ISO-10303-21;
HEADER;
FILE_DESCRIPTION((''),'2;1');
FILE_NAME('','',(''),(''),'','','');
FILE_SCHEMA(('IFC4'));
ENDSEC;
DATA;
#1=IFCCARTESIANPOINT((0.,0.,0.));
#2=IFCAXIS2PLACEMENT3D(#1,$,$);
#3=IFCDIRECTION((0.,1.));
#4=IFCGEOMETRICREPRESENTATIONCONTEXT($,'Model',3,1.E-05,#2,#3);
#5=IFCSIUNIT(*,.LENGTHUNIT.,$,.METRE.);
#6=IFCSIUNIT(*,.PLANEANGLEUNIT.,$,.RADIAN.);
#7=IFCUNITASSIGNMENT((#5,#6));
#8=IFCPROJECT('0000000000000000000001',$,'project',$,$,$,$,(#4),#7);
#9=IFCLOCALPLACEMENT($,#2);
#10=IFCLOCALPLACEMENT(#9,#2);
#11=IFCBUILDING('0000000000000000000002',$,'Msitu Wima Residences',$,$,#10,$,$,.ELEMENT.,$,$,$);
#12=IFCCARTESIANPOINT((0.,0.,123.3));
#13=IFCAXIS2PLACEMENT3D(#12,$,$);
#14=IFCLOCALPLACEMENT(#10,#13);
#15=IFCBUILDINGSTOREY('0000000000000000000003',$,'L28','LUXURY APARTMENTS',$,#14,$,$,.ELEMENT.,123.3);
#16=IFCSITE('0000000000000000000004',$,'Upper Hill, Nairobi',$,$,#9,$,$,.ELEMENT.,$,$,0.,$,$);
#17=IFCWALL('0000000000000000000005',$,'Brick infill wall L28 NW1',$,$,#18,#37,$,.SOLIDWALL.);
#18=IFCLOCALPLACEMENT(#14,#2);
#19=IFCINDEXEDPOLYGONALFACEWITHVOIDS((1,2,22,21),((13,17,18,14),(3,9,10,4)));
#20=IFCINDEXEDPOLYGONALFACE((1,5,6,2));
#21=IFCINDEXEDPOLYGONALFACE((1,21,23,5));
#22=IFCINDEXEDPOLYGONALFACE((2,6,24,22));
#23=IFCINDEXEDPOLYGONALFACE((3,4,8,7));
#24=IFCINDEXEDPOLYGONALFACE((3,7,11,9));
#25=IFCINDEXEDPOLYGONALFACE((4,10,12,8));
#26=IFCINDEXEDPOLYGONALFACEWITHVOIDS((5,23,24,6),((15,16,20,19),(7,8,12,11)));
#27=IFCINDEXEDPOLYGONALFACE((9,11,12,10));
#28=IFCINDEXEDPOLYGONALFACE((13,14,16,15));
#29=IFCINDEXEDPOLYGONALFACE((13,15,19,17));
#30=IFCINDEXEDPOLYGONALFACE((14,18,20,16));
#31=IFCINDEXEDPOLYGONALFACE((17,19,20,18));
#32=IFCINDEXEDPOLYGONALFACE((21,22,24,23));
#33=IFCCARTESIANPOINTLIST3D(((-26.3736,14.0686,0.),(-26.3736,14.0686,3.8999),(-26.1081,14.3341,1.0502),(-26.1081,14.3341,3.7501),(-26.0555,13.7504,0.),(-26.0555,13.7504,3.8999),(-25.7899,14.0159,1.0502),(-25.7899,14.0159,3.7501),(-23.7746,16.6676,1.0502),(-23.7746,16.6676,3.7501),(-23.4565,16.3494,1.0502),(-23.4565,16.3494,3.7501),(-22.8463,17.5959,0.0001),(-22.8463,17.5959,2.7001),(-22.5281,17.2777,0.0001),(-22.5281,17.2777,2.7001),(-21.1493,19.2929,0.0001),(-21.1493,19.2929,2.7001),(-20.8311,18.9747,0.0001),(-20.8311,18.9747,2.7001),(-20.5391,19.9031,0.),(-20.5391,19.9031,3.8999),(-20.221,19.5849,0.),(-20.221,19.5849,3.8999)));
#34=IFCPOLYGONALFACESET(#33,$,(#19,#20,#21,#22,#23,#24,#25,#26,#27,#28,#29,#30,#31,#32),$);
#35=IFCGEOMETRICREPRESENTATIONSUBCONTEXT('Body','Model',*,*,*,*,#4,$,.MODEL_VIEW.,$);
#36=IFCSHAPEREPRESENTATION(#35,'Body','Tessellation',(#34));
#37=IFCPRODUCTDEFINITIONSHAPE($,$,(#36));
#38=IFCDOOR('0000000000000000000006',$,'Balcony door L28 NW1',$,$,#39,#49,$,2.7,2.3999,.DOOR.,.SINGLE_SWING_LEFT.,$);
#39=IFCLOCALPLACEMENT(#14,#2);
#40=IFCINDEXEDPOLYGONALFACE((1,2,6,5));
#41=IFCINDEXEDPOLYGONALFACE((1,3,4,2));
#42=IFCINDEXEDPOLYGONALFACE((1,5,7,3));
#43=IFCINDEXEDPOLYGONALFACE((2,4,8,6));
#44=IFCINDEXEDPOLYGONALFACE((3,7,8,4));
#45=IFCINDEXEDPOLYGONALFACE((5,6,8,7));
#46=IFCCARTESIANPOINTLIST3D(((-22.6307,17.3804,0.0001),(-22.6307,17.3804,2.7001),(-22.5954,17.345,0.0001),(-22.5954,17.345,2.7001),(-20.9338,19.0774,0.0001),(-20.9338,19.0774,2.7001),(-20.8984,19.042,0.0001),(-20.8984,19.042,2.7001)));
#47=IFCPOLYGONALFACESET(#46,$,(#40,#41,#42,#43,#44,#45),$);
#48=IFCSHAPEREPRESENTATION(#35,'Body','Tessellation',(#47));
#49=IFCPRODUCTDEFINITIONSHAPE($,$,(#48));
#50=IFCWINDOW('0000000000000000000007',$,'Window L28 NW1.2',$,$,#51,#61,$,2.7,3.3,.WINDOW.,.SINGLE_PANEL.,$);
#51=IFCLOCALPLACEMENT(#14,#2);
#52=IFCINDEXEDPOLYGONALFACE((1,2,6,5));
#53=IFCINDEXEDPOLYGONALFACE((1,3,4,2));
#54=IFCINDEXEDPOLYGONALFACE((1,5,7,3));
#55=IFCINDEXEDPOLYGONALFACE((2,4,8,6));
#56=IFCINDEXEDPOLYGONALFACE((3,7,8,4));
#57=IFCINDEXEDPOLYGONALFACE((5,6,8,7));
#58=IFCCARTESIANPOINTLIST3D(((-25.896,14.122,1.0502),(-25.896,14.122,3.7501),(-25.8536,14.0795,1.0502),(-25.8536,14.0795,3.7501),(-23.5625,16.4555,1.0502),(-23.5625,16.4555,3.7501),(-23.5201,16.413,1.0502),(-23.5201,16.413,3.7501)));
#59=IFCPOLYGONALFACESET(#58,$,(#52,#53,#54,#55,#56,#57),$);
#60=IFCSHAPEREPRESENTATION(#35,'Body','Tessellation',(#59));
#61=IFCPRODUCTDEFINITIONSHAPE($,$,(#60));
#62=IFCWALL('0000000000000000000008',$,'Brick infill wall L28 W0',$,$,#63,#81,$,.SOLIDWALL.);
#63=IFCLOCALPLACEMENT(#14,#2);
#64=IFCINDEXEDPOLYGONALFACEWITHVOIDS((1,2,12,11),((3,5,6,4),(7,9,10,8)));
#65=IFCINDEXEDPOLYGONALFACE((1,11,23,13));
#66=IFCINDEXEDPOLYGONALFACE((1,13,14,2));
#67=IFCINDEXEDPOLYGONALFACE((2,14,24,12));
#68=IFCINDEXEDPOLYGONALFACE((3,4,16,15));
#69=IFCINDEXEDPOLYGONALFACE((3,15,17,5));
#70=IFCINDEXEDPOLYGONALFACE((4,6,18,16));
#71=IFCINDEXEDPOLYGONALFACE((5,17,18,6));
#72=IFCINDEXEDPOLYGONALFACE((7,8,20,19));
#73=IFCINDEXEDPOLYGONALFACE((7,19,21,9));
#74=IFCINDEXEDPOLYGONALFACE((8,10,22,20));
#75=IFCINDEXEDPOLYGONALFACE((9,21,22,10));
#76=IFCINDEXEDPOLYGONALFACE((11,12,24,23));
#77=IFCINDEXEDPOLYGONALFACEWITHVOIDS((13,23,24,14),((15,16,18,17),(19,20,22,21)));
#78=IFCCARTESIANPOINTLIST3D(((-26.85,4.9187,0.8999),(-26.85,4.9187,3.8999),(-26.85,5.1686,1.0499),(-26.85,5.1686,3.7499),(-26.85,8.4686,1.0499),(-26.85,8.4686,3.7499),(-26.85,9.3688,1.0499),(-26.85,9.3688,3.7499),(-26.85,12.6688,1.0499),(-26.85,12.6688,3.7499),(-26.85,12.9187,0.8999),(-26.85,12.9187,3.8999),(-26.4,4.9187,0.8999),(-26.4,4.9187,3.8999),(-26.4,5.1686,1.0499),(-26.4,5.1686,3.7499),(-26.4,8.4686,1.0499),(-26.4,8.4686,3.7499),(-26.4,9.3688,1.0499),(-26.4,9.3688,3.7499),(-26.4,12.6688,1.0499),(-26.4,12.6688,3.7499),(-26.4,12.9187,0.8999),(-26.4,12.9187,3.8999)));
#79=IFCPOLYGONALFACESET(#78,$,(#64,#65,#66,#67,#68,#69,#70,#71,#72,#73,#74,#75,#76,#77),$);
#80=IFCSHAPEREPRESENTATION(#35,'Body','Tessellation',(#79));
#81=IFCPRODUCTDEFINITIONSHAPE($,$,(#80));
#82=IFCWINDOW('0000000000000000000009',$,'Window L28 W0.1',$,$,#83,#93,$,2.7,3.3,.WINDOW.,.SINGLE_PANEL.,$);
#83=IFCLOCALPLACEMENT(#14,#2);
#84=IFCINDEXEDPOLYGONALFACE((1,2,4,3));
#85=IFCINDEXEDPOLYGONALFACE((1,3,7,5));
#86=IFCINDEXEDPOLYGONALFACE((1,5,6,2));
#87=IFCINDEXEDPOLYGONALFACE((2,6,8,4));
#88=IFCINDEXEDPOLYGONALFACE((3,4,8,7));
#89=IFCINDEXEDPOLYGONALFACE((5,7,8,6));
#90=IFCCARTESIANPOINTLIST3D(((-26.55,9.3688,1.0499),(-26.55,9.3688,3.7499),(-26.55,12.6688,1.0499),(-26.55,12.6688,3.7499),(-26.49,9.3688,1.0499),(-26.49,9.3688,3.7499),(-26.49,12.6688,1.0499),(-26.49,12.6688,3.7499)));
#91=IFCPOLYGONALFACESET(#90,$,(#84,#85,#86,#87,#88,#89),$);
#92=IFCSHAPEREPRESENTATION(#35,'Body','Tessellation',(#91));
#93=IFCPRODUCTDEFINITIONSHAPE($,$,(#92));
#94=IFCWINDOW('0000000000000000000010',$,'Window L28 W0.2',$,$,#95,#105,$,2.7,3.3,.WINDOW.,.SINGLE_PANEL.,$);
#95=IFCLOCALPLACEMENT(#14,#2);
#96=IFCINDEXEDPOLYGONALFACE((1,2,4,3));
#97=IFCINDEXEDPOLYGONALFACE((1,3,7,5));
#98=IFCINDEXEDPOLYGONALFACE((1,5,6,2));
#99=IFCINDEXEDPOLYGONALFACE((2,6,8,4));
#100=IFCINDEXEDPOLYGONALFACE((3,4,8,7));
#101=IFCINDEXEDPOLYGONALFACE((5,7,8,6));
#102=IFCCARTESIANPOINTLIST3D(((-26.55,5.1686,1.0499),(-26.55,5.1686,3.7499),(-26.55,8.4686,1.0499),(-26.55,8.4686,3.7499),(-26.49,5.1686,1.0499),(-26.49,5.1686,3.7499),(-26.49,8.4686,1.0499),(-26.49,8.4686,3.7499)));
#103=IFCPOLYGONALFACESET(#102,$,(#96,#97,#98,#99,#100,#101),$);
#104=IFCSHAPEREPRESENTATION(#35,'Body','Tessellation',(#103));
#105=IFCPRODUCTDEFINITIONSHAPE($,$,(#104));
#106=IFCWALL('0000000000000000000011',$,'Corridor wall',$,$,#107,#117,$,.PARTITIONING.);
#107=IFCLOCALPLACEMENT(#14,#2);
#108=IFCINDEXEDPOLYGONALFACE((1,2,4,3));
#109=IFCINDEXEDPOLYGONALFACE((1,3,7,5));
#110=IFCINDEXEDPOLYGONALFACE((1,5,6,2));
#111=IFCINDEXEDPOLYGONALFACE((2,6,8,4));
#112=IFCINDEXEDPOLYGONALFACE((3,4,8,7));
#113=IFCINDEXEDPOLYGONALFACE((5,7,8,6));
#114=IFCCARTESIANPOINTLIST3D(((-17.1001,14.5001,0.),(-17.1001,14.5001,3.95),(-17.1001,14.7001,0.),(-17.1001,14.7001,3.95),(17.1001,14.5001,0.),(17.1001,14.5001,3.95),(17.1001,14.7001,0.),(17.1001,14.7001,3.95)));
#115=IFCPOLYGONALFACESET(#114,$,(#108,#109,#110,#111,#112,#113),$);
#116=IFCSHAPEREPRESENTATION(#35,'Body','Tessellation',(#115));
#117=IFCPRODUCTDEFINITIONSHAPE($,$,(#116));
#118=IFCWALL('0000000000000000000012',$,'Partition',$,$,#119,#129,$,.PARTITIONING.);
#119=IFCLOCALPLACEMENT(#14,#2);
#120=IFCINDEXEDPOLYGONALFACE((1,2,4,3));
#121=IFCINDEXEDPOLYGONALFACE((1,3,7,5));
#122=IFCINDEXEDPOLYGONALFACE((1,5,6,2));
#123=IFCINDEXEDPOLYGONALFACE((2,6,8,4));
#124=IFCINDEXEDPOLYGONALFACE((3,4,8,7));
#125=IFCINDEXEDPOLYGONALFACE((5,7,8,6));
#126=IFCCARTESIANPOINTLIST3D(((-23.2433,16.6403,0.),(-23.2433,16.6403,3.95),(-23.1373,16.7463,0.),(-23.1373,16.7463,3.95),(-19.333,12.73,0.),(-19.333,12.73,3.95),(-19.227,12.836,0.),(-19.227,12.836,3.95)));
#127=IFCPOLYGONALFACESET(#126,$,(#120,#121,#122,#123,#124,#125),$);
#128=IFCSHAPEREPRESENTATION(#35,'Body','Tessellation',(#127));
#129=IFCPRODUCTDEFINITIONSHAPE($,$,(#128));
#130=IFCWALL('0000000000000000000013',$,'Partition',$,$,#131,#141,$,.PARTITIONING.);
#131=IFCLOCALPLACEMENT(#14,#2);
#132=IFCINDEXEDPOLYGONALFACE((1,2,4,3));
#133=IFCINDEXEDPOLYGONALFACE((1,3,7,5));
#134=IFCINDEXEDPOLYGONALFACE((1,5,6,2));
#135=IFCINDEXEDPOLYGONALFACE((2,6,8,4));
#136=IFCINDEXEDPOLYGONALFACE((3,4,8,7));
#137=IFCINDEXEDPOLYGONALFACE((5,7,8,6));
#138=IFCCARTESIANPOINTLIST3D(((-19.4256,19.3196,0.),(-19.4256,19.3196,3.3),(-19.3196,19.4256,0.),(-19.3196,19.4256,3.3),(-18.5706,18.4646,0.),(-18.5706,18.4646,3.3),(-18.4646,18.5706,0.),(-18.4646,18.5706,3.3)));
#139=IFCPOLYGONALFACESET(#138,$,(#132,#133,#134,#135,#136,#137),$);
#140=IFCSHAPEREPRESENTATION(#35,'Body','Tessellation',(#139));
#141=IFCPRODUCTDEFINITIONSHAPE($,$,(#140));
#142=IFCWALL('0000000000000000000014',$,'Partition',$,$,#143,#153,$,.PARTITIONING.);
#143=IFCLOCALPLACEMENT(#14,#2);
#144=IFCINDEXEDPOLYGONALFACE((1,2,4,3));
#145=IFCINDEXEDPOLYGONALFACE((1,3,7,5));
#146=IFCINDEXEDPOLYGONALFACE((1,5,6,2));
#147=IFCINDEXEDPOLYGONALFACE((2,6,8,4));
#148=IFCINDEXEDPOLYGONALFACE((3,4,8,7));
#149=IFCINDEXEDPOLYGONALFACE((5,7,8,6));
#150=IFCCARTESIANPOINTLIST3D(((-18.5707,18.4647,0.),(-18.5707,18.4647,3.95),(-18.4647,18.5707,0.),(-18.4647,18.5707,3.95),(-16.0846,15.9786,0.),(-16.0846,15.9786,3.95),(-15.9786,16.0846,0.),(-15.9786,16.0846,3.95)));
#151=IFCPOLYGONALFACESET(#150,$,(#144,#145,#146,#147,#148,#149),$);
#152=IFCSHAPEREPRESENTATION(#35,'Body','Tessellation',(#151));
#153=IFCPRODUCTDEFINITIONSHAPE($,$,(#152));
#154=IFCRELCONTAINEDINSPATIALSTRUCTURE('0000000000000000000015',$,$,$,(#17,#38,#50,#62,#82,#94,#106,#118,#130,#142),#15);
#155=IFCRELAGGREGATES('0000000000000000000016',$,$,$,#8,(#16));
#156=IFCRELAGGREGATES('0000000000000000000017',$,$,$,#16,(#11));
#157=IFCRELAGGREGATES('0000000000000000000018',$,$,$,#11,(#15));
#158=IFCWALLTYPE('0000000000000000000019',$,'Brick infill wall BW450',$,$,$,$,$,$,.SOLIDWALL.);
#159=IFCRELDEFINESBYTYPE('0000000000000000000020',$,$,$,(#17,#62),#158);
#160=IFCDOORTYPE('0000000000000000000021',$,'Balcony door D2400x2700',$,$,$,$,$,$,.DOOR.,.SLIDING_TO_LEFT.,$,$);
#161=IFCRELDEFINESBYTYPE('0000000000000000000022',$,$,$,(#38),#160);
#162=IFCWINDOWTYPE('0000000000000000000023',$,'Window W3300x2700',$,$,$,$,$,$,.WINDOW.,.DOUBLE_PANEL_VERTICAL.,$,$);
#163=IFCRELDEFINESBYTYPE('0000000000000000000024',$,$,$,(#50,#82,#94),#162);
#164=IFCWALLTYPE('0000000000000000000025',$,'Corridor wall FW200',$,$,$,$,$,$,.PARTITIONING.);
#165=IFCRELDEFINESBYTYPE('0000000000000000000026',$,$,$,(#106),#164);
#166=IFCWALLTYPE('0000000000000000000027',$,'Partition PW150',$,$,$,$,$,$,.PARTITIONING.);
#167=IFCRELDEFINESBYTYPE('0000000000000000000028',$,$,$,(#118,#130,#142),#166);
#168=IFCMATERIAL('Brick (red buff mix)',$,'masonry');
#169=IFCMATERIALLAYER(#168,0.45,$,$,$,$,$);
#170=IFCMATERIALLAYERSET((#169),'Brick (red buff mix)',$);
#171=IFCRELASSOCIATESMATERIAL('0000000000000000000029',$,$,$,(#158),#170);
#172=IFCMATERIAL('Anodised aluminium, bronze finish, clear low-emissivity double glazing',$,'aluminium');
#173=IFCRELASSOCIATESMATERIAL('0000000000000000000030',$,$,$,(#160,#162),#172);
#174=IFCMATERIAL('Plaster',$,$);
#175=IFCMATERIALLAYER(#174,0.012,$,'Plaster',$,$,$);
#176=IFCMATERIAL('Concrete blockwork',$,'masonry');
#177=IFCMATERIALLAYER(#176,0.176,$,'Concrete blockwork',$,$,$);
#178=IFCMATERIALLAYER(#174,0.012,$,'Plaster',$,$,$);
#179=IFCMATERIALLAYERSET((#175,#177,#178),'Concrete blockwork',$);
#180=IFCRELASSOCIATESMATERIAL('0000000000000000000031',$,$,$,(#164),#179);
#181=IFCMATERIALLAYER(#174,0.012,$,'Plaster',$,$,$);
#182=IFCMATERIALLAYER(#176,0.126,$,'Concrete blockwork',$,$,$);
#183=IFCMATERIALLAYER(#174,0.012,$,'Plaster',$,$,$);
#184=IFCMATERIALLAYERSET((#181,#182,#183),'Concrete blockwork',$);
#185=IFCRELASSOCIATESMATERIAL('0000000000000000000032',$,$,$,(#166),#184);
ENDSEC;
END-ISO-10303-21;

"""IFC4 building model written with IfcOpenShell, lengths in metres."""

from ifc_helpers import new_model, si_unit, direction, frame, frame_2d, origin, place, context, subcontext, project, spatial, rectangle, extrude, material, layer, layer_set, type_object, element, fill, save


model = new_model("IFC4")

# Units and contexts
model_context = context("Model", 3, precision=1e-05, world=origin(), true_north=direction((0.0, 1.0)))
body_context = subcontext(model_context, "Body", "Model", "MODEL_VIEW")
ifc_project = project(units=[si_unit("LENGTHUNIT", "METRE"), si_unit("PLANEANGLEUNIT", "RADIAN")], contexts=[model_context])

# Site, building, storey
site_placement = place(None, origin())
site = spatial("IfcSite", under=ifc_project, at=site_placement, Name="Upper Hill, Nairobi", CompositionType="ELEMENT", RefElevation=0.0)
building_placement = place(site_placement, origin())
building = spatial("IfcBuilding", under=site, at=building_placement, Name="Msitu Wima Residences", CompositionType="ELEMENT")
storey_placement = place(building_placement, frame((0.0, 0.0, 123.3)))
storey = spatial("IfcBuildingStorey", under=building, at=storey_placement, Name="L28", Description="LUXURY APARTMENTS", CompositionType="ELEMENT", Elevation=123.3)

# Wall, openings, door, window
ifc_material_1 = material(Name="Brick (red buff mix)", Category="masonry")
ifc_layer_1 = layer(ifc_material_1, 0.45)
ifc_layer_set_1 = layer_set([ifc_layer_1], Name="Brick (red buff mix)")
wall_type_1 = type_object("IfcWallType", Name="Brick infill wall BW450", PredefinedType="SOLIDWALL", material=ifc_layer_set_1)
wall_1_placement = place(storey_placement, frame((-20.3801, 19.7439, 0.0), z_axis=(0.0, 0.0, 1.0), x_axis=(-0.707107, -0.707107, 0.0)))
wall_1 = element("IfcWall", 1, at=wall_1_placement, inside=storey, type_object=wall_type_1, Name="Brick infill wall L28 NW1", PredefinedType="SOLIDWALL", context=body_context, shape_type="SweptSolid", body=[
    extrude(rectangle(XDim=8.2512, YDim=0.45, at=frame_2d((4.1255, 0.0))), origin(), (0.0, 0.0, 1.0), 3.8999),
])
opening_1_placement = place(wall_1_placement, frame((0.8628, 0.0, 0.0)))
opening_1 = element("IfcOpeningElement", 2, at=opening_1_placement, cuts=wall_1, PredefinedType="OPENING", context=body_context, shape_type="SweptSolid", body=[
    extrude(rectangle(XDim=2.3999, YDim=2.7, at=frame_2d((1.2, 1.3501))), frame((0.0, 0.2349, 0.0), z_axis=(0.0, -1.0, 0.0), x_axis=(1.0, 0.0, 0.0)), (0.0, 0.0, 1.0), 0.47),
])
opening_2_placement = place(wall_1_placement, frame((4.5757, 0.0, 1.05)))
opening_2 = element("IfcOpeningElement", 3, at=opening_2_placement, cuts=wall_1, PredefinedType="OPENING", context=body_context, shape_type="SweptSolid", body=[
    extrude(rectangle(XDim=3.3, YDim=2.7, at=frame_2d((1.6499, 1.3501))), frame((0.0, 0.2349, 0.0), z_axis=(0.0, -1.0, 0.0), x_axis=(1.0, 0.0, 0.0)), (0.0, 0.0, 1.0), 0.47),
])
ifc_material_2 = material(Name="Anodised aluminium, bronze finish, clear low-emissivity double glazing", Category="aluminium")
door_type_1 = type_object("IfcDoorType", Name="Balcony door D2400x2700", OperationType="SLIDING_TO_LEFT", PredefinedType="DOOR", material=ifc_material_2)
door_1_placement = place(opening_1_placement, origin())
door_1 = element("IfcDoor", 4, at=door_1_placement, inside=storey, type_object=door_type_1, Name="Balcony door L28 NW1", OperationType="SINGLE_SWING_LEFT", OverallHeight=2.7, OverallWidth=2.3999, PredefinedType="DOOR", context=body_context, shape_type="SweptSolid", body=[
    extrude(rectangle(XDim=2.3999, YDim=2.7, at=frame_2d((1.2, 1.3501))), frame((0.0, 0.1299, 0.0), z_axis=(0.0, -1.0, 0.0), x_axis=(1.0, 0.0, 0.0)), (0.0, 0.0, 1.0), 0.05),
])
fill(opening_1, door_1)
window_type = type_object("IfcWindowType", Name="Window W3300x2700", PartitioningType="DOUBLE_PANEL_VERTICAL", PredefinedType="WINDOW", material=ifc_material_2)
window_1_placement = place(opening_2_placement, origin())
window_1 = element("IfcWindow", 5, at=window_1_placement, inside=storey, type_object=window_type, Name="Window L28 NW1.2", OverallHeight=2.7, OverallWidth=3.3, PartitioningType="SINGLE_PANEL", PredefinedType="WINDOW", context=body_context, shape_type="SweptSolid", body=[
    extrude(rectangle(XDim=3.3, YDim=2.7, at=frame_2d((1.6499, 1.3501))), frame((0.0, 0.135, 0.0), z_axis=(0.0, -1.0, 0.0), x_axis=(1.0, 0.0, 0.0)), (0.0, 0.0, 1.0), 0.0601),
])
fill(opening_2, window_1)

# Wall, openings, windows
wall_2_placement = place(storey_placement, frame((-26.625, 12.9187, 0.8999), z_axis=(0.0, 0.0, 1.0), x_axis=(0.0, -1.0, 0.0)))
wall_2 = element("IfcWall", 6, at=wall_2_placement, inside=storey, type_object=wall_type_1, Name="Brick infill wall L28 W0", PredefinedType="SOLIDWALL", context=body_context, shape_type="SweptSolid", body=[
    extrude(rectangle(XDim=8.0, YDim=0.45, at=frame_2d((4.0, 0.0))), origin(), (0.0, 0.0, 1.0), 3.0),
])
opening_3_placement = place(wall_2_placement, frame((0.25, 0.0, 0.1499)))
opening_3 = element("IfcOpeningElement", 7, at=opening_3_placement, cuts=wall_2, PredefinedType="OPENING", context=body_context, shape_type="SweptSolid", body=[
    extrude(rectangle(XDim=3.3, YDim=2.7, at=frame_2d((1.6499, 1.3501))), frame((0.0, 0.2349, 0.0), z_axis=(0.0, -1.0, 0.0), x_axis=(1.0, 0.0, 0.0)), (0.0, 0.0, 1.0), 0.47),
])
opening_4_placement = place(wall_2_placement, frame((4.4502, 0.0, 0.1499)))
opening_4 = element("IfcOpeningElement", 8, at=opening_4_placement, cuts=wall_2, PredefinedType="OPENING", context=body_context, shape_type="SweptSolid", body=[
    extrude(rectangle(XDim=3.3, YDim=2.7, at=frame_2d((1.6499, 1.3501))), frame((0.0, 0.2349, 0.0), z_axis=(0.0, -1.0, 0.0), x_axis=(1.0, 0.0, 0.0)), (0.0, 0.0, 1.0), 0.47),
])
window_2_placement = place(opening_3_placement, origin())
window_2 = element("IfcWindow", 9, at=window_2_placement, inside=storey, type_object=window_type, Name="Window L28 W0.1", OverallHeight=2.7, OverallWidth=3.3, PartitioningType="SINGLE_PANEL", PredefinedType="WINDOW", context=body_context, shape_type="SweptSolid", body=[
    extrude(rectangle(XDim=3.3, YDim=2.7, at=frame_2d((1.6499, 1.3501))), frame((0.0, 0.135, 0.0), z_axis=(0.0, -1.0, 0.0), x_axis=(1.0, 0.0, 0.0)), (0.0, 0.0, 1.0), 0.0601),
])
fill(opening_3, window_2)
window_3_placement = place(opening_4_placement, origin())
window_3 = element("IfcWindow", 10, at=window_3_placement, inside=storey, type_object=window_type, Name="Window L28 W0.2", OverallHeight=2.7, OverallWidth=3.3, PartitioningType="SINGLE_PANEL", PredefinedType="WINDOW", context=body_context, shape_type="SweptSolid", body=[
    extrude(rectangle(XDim=3.3, YDim=2.7, at=frame_2d((1.6499, 1.3501))), frame((0.0, 0.135, 0.0), z_axis=(0.0, -1.0, 0.0), x_axis=(1.0, 0.0, 0.0)), (0.0, 0.0, 1.0), 0.0601),
])
fill(opening_4, window_3)

# Walls
ifc_material_3 = material(Name="Plaster")
ifc_layer_2 = layer(ifc_material_3, 0.012, Name="Plaster")
ifc_material_4 = material(Name="Concrete blockwork", Category="masonry")
ifc_layer_3 = layer(ifc_material_4, 0.176, Name="Concrete blockwork")
ifc_layer_4 = layer(ifc_material_3, 0.012, Name="Plaster")
ifc_layer_set_2 = layer_set([ifc_layer_2, ifc_layer_3, ifc_layer_4], Name="Concrete blockwork")
wall_type_2 = type_object("IfcWallType", Name="Corridor wall FW200", PredefinedType="PARTITIONING", material=ifc_layer_set_2)
wall_3_placement = place(storey_placement, frame((-17.1001, 14.6001, 0.0), z_axis=(0.0, 0.0, 1.0), x_axis=(1.0, 0.0, 0.0)))
element("IfcWall", 11, at=wall_3_placement, inside=storey, type_object=wall_type_2, Name="Corridor wall", PredefinedType="PARTITIONING", context=body_context, shape_type="SweptSolid", body=[
    extrude(rectangle(XDim=34.2002, YDim=0.2, at=frame_2d((17.1001, 0.0))), origin(), (0.0, 0.0, 1.0), 3.95),
])
ifc_layer_5 = layer(ifc_material_3, 0.012, Name="Plaster")
ifc_layer_6 = layer(ifc_material_4, 0.126, Name="Concrete blockwork")
ifc_layer_7 = layer(ifc_material_3, 0.012, Name="Plaster")
ifc_layer_set_3 = layer_set([ifc_layer_5, ifc_layer_6, ifc_layer_7], Name="Concrete blockwork")
wall_type_3 = type_object("IfcWallType", Name="Partition PW150", PredefinedType="PARTITIONING", material=ifc_layer_set_3)
wall_4_placement = place(storey_placement, frame((-23.1904, 16.6934, 0.0), z_axis=(0.0, 0.0, 1.0), x_axis=(0.707107, -0.707107, 0.0)))
element("IfcWall", 12, at=wall_4_placement, inside=storey, type_object=wall_type_3, Name="Partition", PredefinedType="PARTITIONING", context=body_context, shape_type="SweptSolid", body=[
    extrude(rectangle(XDim=5.53, YDim=0.1499, at=frame_2d((2.7651, 0.0))), origin(), (0.0, 0.0, 1.0), 3.95),
])
wall_5_placement = place(storey_placement, frame((-19.3726, 19.3726, 0.0), z_axis=(0.0, 0.0, 1.0), x_axis=(0.707107, -0.707107, 0.0)))
element("IfcWall", 13, at=wall_5_placement, inside=storey, type_object=wall_type_3, Name="Partition", PredefinedType="PARTITIONING", context=body_context, shape_type="SweptSolid", body=[
    extrude(rectangle(XDim=1.2092, YDim=0.1499, at=frame_2d((0.6045, 0.0))), origin(), (0.0, 0.0, 1.0), 3.3),
])
wall_6_placement = place(storey_placement, frame((-18.5176, 18.5176, 0.0), z_axis=(0.0, 0.0, 1.0), x_axis=(0.707107, -0.707107, 0.0)))
element("IfcWall", 14, at=wall_6_placement, inside=storey, type_object=wall_type_3, Name="Partition", PredefinedType="PARTITIONING", context=body_context, shape_type="SweptSolid", body=[
    extrude(rectangle(XDim=3.5159, YDim=0.1499, at=frame_2d((1.7578, 0.0))), origin(), (0.0, 0.0, 1.0), 3.95),
])

save(model, "model.ifc")
